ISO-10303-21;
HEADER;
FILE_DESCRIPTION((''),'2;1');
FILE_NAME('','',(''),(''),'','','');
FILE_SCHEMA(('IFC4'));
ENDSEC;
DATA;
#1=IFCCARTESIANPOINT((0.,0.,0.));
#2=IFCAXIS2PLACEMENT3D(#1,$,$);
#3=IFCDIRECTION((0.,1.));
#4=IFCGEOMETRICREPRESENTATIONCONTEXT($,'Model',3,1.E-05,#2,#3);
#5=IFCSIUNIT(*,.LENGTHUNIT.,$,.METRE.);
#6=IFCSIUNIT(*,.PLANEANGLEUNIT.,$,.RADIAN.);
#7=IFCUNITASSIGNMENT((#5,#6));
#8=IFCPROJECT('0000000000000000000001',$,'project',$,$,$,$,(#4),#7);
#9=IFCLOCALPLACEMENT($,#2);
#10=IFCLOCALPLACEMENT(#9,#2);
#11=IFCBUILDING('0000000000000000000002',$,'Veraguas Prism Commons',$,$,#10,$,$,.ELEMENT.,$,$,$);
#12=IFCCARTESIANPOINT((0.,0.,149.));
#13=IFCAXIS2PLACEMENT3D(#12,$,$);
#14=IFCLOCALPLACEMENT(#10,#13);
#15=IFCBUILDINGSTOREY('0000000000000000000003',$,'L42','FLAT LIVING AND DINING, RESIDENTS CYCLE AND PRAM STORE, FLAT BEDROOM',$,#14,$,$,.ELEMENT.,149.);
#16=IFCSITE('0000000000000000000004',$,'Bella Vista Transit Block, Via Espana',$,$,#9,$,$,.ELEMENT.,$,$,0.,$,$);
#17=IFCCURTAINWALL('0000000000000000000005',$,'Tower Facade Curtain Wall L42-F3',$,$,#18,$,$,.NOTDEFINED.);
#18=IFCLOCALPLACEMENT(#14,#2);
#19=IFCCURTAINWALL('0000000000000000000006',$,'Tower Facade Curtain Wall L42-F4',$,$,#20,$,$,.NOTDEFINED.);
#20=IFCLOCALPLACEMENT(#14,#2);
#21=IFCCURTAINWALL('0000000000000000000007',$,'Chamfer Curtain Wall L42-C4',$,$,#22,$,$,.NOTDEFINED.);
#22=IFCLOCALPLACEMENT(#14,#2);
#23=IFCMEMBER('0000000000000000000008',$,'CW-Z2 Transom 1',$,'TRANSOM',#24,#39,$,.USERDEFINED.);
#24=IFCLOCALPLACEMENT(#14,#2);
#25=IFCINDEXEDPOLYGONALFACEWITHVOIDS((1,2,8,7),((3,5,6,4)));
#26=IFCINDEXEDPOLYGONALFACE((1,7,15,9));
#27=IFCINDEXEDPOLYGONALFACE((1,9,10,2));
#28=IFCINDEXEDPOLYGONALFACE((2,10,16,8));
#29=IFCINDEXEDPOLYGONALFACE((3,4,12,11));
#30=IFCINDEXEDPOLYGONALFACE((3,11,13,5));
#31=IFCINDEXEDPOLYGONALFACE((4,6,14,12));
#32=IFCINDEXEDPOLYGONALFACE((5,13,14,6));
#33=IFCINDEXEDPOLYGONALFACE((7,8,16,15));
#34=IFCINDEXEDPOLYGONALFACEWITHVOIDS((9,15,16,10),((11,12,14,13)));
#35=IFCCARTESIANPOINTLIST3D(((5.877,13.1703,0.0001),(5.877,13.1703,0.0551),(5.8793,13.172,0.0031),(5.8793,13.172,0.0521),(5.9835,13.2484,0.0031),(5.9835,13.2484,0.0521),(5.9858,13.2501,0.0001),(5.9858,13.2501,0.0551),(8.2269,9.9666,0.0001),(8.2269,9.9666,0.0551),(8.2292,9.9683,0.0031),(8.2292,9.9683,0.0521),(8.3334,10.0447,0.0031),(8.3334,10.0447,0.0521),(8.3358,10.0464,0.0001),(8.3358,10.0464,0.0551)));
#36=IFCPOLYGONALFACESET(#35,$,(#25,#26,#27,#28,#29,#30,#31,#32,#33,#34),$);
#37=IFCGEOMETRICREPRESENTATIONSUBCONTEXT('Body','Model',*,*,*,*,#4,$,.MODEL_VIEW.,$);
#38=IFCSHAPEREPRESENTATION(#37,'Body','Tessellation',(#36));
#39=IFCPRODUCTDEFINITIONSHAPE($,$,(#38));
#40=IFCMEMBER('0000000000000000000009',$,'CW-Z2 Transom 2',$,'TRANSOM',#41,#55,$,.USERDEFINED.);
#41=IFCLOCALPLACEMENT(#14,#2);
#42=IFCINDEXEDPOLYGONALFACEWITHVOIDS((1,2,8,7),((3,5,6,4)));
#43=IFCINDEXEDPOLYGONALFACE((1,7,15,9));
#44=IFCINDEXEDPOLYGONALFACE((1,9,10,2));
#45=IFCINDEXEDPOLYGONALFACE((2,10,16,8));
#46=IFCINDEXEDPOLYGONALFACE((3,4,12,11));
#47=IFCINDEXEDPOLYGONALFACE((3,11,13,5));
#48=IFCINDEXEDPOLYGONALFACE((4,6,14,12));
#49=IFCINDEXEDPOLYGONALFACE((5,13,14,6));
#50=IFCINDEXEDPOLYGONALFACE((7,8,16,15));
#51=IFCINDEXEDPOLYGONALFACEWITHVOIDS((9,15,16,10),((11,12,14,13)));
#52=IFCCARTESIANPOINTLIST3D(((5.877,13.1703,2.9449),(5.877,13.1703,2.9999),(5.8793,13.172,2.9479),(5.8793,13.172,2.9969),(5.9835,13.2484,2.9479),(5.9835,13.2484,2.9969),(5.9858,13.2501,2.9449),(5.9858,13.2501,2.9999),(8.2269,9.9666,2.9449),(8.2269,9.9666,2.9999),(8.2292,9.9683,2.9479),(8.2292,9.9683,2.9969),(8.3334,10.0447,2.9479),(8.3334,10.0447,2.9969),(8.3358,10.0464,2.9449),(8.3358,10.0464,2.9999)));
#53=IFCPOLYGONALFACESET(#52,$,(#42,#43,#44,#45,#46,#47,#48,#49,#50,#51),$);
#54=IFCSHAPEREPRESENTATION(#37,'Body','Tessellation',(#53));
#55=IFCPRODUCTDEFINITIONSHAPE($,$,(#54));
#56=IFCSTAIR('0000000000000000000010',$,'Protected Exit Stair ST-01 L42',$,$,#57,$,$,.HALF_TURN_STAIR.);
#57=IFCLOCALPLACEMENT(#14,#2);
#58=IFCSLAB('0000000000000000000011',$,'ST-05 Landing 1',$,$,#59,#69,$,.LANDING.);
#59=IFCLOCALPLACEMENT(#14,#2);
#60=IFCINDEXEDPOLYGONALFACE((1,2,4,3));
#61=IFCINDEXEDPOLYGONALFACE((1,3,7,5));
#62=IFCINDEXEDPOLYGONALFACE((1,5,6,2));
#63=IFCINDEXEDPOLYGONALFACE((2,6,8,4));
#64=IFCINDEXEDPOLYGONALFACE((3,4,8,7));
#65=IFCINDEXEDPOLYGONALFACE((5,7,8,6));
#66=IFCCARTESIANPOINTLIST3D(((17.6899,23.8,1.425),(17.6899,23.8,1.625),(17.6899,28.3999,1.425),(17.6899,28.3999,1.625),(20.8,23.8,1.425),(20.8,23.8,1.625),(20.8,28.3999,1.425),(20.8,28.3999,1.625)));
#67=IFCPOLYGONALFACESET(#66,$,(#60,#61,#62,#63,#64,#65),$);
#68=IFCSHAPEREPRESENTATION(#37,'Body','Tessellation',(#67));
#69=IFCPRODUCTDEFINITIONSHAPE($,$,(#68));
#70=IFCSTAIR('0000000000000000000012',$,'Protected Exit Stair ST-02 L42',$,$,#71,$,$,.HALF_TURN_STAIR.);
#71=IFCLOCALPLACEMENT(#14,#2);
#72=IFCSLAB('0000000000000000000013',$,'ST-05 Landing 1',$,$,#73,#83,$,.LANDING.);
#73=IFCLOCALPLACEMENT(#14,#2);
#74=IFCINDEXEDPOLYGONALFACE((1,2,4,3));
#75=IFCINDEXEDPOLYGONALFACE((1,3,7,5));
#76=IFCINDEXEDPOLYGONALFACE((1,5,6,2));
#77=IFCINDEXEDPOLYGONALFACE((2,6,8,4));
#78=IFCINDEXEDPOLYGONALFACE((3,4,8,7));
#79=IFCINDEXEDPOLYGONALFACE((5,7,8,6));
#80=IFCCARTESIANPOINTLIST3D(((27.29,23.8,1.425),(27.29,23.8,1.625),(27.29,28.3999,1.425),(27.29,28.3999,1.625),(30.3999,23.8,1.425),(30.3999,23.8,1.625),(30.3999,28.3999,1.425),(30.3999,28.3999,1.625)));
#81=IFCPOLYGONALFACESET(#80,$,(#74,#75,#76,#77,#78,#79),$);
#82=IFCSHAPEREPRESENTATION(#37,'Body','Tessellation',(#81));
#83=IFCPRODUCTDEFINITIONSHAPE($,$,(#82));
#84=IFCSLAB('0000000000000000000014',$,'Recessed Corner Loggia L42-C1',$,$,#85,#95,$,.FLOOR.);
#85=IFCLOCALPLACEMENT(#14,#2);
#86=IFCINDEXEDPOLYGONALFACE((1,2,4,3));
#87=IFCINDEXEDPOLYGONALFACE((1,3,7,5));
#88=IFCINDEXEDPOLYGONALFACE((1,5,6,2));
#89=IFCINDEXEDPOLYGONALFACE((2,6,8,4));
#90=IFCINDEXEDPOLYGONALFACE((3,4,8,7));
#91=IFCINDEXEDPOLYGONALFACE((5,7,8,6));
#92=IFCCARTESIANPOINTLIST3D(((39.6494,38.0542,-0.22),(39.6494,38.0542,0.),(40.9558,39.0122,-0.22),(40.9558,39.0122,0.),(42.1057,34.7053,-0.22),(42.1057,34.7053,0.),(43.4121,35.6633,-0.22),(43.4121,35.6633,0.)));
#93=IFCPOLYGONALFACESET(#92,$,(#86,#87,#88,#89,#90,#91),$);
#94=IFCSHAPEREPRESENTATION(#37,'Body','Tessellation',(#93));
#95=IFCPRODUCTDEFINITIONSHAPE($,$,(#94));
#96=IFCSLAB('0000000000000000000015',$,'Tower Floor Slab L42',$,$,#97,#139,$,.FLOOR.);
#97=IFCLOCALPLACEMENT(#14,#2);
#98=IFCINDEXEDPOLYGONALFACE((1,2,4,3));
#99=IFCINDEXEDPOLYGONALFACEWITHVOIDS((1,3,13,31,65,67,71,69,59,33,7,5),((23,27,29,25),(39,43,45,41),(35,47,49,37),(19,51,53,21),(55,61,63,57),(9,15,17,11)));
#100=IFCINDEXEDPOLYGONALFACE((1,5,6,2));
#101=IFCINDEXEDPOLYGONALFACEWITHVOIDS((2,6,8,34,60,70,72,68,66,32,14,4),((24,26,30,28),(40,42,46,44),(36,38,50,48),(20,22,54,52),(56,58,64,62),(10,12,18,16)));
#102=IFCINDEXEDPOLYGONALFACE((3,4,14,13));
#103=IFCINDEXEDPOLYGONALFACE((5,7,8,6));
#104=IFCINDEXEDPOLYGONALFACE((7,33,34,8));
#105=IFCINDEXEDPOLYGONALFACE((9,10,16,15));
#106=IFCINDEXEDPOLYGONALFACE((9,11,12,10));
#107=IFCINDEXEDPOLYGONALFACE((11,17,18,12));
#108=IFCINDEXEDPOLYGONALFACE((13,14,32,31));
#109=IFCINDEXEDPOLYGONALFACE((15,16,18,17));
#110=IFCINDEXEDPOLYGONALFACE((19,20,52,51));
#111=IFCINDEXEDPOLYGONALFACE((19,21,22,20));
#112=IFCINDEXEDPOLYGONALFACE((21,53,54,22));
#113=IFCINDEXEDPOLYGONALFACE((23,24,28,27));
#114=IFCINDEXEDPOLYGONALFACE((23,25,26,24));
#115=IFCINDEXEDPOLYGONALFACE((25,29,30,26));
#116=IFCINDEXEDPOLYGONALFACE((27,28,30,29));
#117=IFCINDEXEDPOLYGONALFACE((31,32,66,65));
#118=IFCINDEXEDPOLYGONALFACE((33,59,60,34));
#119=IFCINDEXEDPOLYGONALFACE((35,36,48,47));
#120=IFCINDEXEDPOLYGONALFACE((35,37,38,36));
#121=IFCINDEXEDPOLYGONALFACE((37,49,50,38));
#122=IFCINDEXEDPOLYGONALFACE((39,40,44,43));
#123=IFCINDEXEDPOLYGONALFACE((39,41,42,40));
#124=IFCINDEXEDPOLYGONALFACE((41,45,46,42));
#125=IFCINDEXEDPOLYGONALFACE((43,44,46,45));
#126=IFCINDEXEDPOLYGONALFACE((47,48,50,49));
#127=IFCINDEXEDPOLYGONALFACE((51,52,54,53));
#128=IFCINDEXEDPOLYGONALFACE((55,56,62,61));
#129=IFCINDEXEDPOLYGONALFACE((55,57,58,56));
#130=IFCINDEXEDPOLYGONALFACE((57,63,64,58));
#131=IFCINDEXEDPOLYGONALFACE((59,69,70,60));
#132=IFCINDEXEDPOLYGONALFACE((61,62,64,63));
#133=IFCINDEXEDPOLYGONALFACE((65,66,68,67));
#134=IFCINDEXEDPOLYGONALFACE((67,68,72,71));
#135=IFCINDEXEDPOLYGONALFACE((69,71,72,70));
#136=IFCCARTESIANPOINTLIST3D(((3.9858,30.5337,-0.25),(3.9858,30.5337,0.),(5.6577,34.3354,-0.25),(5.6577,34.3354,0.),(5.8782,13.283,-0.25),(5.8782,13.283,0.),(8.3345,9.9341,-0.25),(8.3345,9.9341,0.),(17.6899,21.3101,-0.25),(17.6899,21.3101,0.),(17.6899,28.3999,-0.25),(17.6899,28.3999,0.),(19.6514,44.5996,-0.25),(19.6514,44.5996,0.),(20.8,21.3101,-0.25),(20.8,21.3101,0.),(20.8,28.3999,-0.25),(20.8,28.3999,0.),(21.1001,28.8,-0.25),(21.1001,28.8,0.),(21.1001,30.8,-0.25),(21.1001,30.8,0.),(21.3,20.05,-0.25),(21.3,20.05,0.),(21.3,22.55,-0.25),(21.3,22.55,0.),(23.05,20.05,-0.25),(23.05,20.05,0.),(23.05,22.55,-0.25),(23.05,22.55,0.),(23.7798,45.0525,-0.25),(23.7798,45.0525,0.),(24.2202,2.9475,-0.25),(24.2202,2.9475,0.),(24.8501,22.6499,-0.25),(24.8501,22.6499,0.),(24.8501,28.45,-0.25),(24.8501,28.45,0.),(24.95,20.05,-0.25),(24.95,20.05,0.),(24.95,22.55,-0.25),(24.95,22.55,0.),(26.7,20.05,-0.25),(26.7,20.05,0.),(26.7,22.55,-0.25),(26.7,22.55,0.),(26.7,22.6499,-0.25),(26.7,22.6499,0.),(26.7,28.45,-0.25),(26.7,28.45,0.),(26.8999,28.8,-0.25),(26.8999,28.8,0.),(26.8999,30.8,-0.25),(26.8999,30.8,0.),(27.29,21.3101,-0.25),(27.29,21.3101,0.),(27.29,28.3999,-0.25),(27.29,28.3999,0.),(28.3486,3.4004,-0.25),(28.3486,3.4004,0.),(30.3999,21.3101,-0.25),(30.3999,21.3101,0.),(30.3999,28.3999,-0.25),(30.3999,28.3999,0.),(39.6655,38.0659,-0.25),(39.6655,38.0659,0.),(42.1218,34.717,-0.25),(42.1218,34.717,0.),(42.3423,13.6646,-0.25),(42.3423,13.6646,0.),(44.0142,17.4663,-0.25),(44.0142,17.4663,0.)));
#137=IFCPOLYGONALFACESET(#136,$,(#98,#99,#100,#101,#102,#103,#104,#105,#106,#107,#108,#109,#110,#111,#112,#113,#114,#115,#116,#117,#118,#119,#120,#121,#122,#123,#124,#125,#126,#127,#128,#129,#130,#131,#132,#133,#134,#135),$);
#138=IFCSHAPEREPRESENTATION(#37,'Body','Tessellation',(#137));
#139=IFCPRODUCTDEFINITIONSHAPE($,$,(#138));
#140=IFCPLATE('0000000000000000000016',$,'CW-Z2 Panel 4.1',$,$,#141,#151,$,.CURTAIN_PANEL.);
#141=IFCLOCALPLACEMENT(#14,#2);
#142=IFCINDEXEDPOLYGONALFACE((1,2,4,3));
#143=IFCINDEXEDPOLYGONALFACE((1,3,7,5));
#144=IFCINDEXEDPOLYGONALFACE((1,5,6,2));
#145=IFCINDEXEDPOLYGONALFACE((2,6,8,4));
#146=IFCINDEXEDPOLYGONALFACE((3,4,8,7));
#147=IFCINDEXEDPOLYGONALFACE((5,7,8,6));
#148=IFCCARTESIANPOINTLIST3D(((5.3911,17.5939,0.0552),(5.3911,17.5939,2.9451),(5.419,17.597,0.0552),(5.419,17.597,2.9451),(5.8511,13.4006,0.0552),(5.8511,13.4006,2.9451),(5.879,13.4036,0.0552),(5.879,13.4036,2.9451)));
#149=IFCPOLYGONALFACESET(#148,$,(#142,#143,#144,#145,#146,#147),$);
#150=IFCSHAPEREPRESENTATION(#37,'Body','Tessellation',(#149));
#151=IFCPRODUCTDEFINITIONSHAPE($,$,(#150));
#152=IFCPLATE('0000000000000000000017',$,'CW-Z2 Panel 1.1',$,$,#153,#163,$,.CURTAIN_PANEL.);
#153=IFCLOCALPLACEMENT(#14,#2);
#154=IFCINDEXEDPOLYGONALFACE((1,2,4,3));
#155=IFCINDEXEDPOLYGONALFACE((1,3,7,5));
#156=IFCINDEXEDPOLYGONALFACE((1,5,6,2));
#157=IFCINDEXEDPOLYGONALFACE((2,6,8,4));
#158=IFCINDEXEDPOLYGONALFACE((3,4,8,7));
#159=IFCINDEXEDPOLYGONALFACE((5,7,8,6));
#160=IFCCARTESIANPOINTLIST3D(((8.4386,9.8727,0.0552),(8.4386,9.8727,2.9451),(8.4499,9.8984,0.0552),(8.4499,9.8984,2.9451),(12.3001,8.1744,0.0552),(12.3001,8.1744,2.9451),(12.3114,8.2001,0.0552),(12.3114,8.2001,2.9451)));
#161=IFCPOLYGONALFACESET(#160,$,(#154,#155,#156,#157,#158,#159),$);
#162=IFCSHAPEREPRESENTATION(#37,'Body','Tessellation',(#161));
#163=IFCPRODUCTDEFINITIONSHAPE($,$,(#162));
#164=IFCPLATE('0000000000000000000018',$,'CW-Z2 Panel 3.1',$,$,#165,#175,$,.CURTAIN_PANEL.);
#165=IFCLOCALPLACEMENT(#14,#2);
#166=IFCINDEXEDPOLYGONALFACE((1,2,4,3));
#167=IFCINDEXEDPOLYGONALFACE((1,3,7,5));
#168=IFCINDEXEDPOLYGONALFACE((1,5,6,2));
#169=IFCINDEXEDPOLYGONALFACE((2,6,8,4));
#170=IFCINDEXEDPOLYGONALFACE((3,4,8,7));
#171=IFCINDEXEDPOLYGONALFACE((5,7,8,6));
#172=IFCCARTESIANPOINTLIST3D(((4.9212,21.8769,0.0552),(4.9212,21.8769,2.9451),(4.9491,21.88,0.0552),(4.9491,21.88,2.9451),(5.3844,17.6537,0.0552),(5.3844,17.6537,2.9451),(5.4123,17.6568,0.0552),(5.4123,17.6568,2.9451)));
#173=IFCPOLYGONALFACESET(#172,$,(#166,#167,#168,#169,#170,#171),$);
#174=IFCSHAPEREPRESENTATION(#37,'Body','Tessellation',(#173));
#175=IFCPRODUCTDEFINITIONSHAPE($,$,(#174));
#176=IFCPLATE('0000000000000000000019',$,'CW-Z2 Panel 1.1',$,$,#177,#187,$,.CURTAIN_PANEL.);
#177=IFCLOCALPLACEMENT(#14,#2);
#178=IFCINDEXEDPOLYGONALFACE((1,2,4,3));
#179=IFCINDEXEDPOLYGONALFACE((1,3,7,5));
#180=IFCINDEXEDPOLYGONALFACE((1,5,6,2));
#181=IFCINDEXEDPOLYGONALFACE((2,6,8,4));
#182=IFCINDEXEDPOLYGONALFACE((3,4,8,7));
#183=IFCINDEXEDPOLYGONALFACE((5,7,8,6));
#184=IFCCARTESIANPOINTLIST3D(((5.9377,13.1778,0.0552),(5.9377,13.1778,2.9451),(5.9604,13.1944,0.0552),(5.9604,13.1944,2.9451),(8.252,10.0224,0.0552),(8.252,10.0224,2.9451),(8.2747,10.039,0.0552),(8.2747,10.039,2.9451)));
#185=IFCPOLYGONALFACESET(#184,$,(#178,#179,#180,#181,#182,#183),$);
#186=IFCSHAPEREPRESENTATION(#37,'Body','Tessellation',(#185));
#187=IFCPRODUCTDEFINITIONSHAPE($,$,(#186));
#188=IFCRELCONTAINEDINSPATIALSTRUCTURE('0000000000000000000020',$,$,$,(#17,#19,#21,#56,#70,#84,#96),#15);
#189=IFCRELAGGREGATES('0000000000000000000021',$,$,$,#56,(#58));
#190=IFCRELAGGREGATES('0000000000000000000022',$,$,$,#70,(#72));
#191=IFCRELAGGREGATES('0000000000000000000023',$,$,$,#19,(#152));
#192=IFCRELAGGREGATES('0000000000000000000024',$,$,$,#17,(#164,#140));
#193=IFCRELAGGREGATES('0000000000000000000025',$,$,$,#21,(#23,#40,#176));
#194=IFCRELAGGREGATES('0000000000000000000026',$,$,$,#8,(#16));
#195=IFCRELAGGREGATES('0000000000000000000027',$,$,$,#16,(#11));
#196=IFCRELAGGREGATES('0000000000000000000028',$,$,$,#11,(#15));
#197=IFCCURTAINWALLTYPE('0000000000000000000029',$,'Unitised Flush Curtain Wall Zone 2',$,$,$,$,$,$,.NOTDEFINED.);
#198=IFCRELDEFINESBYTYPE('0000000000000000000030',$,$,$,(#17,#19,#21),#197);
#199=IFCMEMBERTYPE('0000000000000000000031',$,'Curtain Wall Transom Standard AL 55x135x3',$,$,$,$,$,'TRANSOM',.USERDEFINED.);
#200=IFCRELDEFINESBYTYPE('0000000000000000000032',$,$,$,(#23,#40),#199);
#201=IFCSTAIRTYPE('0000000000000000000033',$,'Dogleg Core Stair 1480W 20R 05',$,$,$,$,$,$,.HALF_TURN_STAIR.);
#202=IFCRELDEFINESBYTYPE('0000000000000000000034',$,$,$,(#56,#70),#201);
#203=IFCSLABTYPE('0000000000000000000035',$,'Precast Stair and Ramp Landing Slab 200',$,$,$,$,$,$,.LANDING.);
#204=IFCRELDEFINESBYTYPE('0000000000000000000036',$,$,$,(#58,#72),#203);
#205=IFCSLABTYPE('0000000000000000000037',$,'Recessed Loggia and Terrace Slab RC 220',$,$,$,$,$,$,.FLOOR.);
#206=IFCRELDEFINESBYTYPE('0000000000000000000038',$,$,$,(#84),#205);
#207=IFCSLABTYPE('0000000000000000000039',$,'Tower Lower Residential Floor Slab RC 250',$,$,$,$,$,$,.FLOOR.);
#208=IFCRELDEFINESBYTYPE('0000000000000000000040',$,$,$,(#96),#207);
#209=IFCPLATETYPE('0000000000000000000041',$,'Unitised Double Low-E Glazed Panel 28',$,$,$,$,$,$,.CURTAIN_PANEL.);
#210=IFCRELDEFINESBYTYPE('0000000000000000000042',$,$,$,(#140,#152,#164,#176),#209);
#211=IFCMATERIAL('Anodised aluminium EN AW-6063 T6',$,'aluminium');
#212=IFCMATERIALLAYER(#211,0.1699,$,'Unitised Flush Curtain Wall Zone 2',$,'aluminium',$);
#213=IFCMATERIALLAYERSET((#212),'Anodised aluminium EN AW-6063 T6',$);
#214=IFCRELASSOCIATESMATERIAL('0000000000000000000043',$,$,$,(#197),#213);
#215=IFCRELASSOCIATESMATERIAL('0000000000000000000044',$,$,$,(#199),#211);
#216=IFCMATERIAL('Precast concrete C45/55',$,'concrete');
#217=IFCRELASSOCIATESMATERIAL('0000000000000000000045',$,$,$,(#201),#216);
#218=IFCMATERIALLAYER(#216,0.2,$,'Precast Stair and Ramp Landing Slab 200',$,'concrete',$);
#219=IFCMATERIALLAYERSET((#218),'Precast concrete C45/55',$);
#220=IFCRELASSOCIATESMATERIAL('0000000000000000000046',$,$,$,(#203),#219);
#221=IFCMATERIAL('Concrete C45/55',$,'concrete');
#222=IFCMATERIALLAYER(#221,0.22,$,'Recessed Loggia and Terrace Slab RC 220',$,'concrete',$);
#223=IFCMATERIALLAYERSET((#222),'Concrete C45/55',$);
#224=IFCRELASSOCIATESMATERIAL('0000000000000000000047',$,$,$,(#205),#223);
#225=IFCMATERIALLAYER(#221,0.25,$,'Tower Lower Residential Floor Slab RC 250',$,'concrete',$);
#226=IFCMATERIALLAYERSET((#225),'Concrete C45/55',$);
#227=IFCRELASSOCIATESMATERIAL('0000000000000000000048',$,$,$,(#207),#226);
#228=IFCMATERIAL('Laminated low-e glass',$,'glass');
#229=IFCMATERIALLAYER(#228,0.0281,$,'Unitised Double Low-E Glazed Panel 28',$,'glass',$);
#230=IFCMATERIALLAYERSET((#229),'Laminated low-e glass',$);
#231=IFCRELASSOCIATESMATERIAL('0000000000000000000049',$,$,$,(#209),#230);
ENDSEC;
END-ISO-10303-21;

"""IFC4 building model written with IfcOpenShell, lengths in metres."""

from ifc_helpers import new_model, si_unit, direction, frame, origin, origin_2d, place, context, subcontext, project, spatial, polyline, rectangle, hollow_rectangle, outline, extrude, source, transform, mapped, material, layer, layer_set, material_profile, profile_set, type_object, element, aggregate, save


model = new_model("IFC4")

# Units and contexts
model_context = context("Model", 3, precision=1e-05, world=origin(), true_north=direction((0.0, 1.0)))
body_context = subcontext(model_context, "Body", "Model", "MODEL_VIEW")
ifc_project = project(units=[si_unit("LENGTHUNIT", "METRE"), si_unit("PLANEANGLEUNIT", "RADIAN")], contexts=[model_context])

# Site, building, storey
site_placement = place(None, origin())
site = spatial("IfcSite", under=ifc_project, at=site_placement, Name="Bella Vista Transit Block, Via Espana", CompositionType="ELEMENT", RefElevation=0.0)
building_placement = place(site_placement, origin())
building = spatial("IfcBuilding", under=site, at=building_placement, Name="Veraguas Prism Commons", CompositionType="ELEMENT")
storey_placement = place(building_placement, frame((0.0, 0.0, 149.0)))
storey = spatial("IfcBuildingStorey", under=building, at=storey_placement, Name="L42", Description="FLAT LIVING AND DINING, RESIDENTS CYCLE AND PRAM STORE, FLAT BEDROOM", CompositionType="ELEMENT", Elevation=149.0)

# Curtain wall
ifc_material_1 = material(Name="Anodised aluminium EN AW-6063 T6", Category="aluminium")
ifc_layer_1 = layer(ifc_material_1, 0.1699, Name="Unitised Flush Curtain Wall Zone 2", Category="aluminium")
ifc_layer_set_1 = layer_set([ifc_layer_1], Name="Anodised aluminium EN AW-6063 T6")
curtain_wall_type = type_object("IfcCurtainWallType", Name="Unitised Flush Curtain Wall Zone 2", PredefinedType="NOTDEFINED", material=ifc_layer_set_1)
curtain_wall_1_placement = place(storey_placement, origin())
curtain_wall_1 = element("IfcCurtainWall", 1, at=curtain_wall_1_placement, inside=storey, type_object=curtain_wall_type, Name="Tower Facade Curtain Wall L42-F3", PredefinedType="NOTDEFINED")

# Curtain wall
curtain_wall_2_placement = place(storey_placement, origin())
curtain_wall_2 = element("IfcCurtainWall", 2, at=curtain_wall_2_placement, inside=storey, type_object=curtain_wall_type, Name="Tower Facade Curtain Wall L42-F4", PredefinedType="NOTDEFINED")

# Curtain wall
curtain_wall_3_placement = place(storey_placement, origin())
curtain_wall_3 = element("IfcCurtainWall", 3, at=curtain_wall_3_placement, inside=storey, type_object=curtain_wall_type, Name="Chamfer Curtain Wall L42-C4", PredefinedType="NOTDEFINED")

# Members
ifc_material_profile_1 = material_profile(ifc_material_1, hollow_rectangle(XDim=0.0549, YDim=0.135, WallThickness=0.0029, at=origin_2d()), Name="AL55X135X3")
ifc_profile_set_1 = profile_set([ifc_material_profile_1], Name="Anodised aluminium EN AW-6063 T6")
member_type_1 = type_object("IfcMemberType", Name="Curtain Wall Transom Standard AL 55x135x3", ElementType="TRANSOM", PredefinedType="USERDEFINED", material=ifc_profile_set_1)
shared_shape_1 = source(origin(), body_context, "Body", "SweptSolid", [
    extrude(hollow_rectangle(XDim=0.0549, YDim=0.135, WallThickness=0.0029, at=origin_2d()), origin(), (0.0, 0.0, 1.0), 3.9731),
])
member_1_placement = place(storey_placement, frame((5.9314, 13.2102, 0.0276), z_axis=(0.591452, -0.806341, 0.0), x_axis=(0.0, 0.0, 1.0)))
member_1 = element("IfcMember", 4, at=member_1_placement, type_object=member_type_1, Name="CW-Z2 Transom 1", ObjectType="TRANSOM", PredefinedType="USERDEFINED", context=body_context, shape_type="MappedRepresentation", body=[
    mapped(shared_shape_1, transform((0.0, 0.0, 0.0), scale=1.0)),
])
member_2_placement = place(storey_placement, frame((5.9314, 13.2102, 2.9724), z_axis=(0.591452, -0.806341, 0.0), x_axis=(0.0, 0.0, 1.0)))
member_2 = element("IfcMember", 5, at=member_2_placement, type_object=member_type_1, Name="CW-Z2 Transom 2", ObjectType="TRANSOM", PredefinedType="USERDEFINED", context=body_context, shape_type="MappedRepresentation", body=[
    mapped(shared_shape_1, transform((0.0, 0.0, 0.0), scale=1.0)),
])

# Stairs, slabs
ifc_material_2 = material(Name="Precast concrete C45/55", Category="concrete")
stair_type = type_object("IfcStairType", Name="Dogleg Core Stair 1480W 20R 05", PredefinedType="HALF_TURN_STAIR", material=ifc_material_2)
stair_1_placement = place(storey_placement, origin())
stair_1 = element("IfcStair", 6, at=stair_1_placement, inside=storey, type_object=stair_type, Name="Protected Exit Stair ST-01 L42", PredefinedType="HALF_TURN_STAIR")
ifc_layer_2 = layer(ifc_material_2, 0.2, Name="Precast Stair and Ramp Landing Slab 200", Category="concrete")
ifc_layer_set_2 = layer_set([ifc_layer_2], Name="Precast concrete C45/55")
slab_type_1 = type_object("IfcSlabType", Name="Precast Stair and Ramp Landing Slab 200", PredefinedType="LANDING", material=ifc_layer_set_2)
slab_1_placement = place(storey_placement, frame((0.0, 0.0, 1.425)))
slab_1 = element("IfcSlab", 7, at=slab_1_placement, type_object=slab_type_1, Name="ST-05 Landing 1", PredefinedType="LANDING", context=body_context, shape_type="SweptSolid", body=[
    extrude(outline(polyline([(20.8, 23.8), (20.8, 28.3999), (17.6899, 28.3999), (17.6899, 23.8), (20.8, 23.8)])), origin(), (0.0, 0.0, 1.0), 0.2),
])
aggregate(stair_1, [slab_1])
stair_2_placement = place(storey_placement, origin())
stair_2 = element("IfcStair", 8, at=stair_2_placement, inside=storey, type_object=stair_type, Name="Protected Exit Stair ST-02 L42", PredefinedType="HALF_TURN_STAIR")
slab_2_placement = place(storey_placement, frame((0.0, 0.0, 1.425)))
slab_2 = element("IfcSlab", 9, at=slab_2_placement, type_object=slab_type_1, Name="ST-05 Landing 1", PredefinedType="LANDING", context=body_context, shape_type="SweptSolid", body=[
    extrude(outline(polyline([(30.3999, 23.8), (30.3999, 28.3999), (27.29, 28.3999), (27.29, 23.8), (30.3999, 23.8)])), origin(), (0.0, 0.0, 1.0), 0.2),
])
aggregate(stair_2, [slab_2])

# Slabs
ifc_material_3 = material(Name="Concrete C45/55", Category="concrete")
ifc_layer_3 = layer(ifc_material_3, 0.22, Name="Recessed Loggia and Terrace Slab RC 220", Category="concrete")
ifc_layer_set_3 = layer_set([ifc_layer_3], Name="Concrete C45/55")
slab_type_2 = type_object("IfcSlabType", Name="Recessed Loggia and Terrace Slab RC 220", PredefinedType="FLOOR", material=ifc_layer_set_3)
slab_3_placement = place(storey_placement, frame((0.0, 0.0, -0.22)))
element("IfcSlab", 10, at=slab_3_placement, inside=storey, type_object=slab_type_2, Name="Recessed Corner Loggia L42-C1", PredefinedType="FLOOR", context=body_context, shape_type="SweptSolid", body=[
    extrude(outline(polyline([(42.1057, 34.7053), (43.4121, 35.6633), (40.9558, 39.0122), (39.6494, 38.0542), (42.1057, 34.7053)])), origin(), (0.0, 0.0, 1.0), 0.22),
])
ifc_layer_4 = layer(ifc_material_3, 0.25, Name="Tower Lower Residential Floor Slab RC 250", Category="concrete")
ifc_layer_set_4 = layer_set([ifc_layer_4], Name="Concrete C45/55")
slab_type_3 = type_object("IfcSlabType", Name="Tower Lower Residential Floor Slab RC 250", PredefinedType="FLOOR", material=ifc_layer_set_4)
slab_4_placement = place(storey_placement, frame((0.0, 0.0, -0.25)))
element("IfcSlab", 11, at=slab_4_placement, inside=storey, type_object=slab_type_3, Name="Tower Floor Slab L42", PredefinedType="FLOOR", context=body_context, shape_type="SweptSolid", body=[
    extrude(outline(polyline([(42.1218, 34.717), (39.6655, 38.0659), (23.7798, 45.0525), (19.6514, 44.5996), (5.6577, 34.3354), (3.9858, 30.5337), (5.8782, 13.283), (8.3345, 9.9341), (24.2202, 2.9475), (28.3486, 3.4004), (42.3423, 13.6646), (44.0142, 17.4663), (42.1218, 34.717)]), holes=[polyline([(20.8, 21.3101), (20.8, 28.3999), (17.6899, 28.3999), (17.6899, 21.3101), (20.8, 21.3101)]), polyline([(30.3999, 21.3101), (30.3999, 28.3999), (27.29, 28.3999), (27.29, 21.3101), (30.3999, 21.3101)]), polyline([(24.8501, 22.6499), (26.7, 22.6499), (26.7, 28.45), (24.8501, 28.45), (24.8501, 22.6499)]), polyline([(21.1001, 28.8), (26.8999, 28.8), (26.8999, 30.8), (21.1001, 30.8), (21.1001, 28.8)]), polyline([(21.3, 20.05), (23.05, 20.05), (23.05, 22.55), (21.3, 22.55), (21.3, 20.05)]), polyline([(24.95, 20.05), (26.7, 20.05), (26.7, 22.55), (24.95, 22.55), (24.95, 20.05)])]), origin(), (0.0, 0.0, 1.0), 0.25),
])

# Plates
ifc_material_4 = material(Name="Laminated low-e glass", Category="glass")
ifc_layer_5 = layer(ifc_material_4, 0.0281, Name="Unitised Double Low-E Glazed Panel 28", Category="glass")
ifc_layer_set_5 = layer_set([ifc_layer_5], Name="Laminated low-e glass")
plate_type = type_object("IfcPlateType", Name="Unitised Double Low-E Glazed Panel 28", PredefinedType="CURTAIN_PANEL", material=ifc_layer_set_5)
shared_shape_2 = source(origin(), body_context, "Body", "SweptSolid", [
    extrude(rectangle(XDim=4.2185, YDim=0.0281, at=origin_2d()), origin(), (0.0, 0.0, 1.0), 2.8899),
])
plate_1_placement = place(storey_placement, frame((5.635, 15.4988, 0.0552), z_axis=(0.0, 0.0, 1.0), x_axis=(0.109044, -0.994037, 0.0)))
plate_1 = element("IfcPlate", 12, at=plate_1_placement, type_object=plate_type, Name="CW-Z2 Panel 4.1", PredefinedType="CURTAIN_PANEL", context=body_context, shape_type="MappedRepresentation", body=[
    mapped(shared_shape_2, transform((0.0, 0.0, 0.0), scale=1.0)),
])
plate_2_placement = place(storey_placement, frame((10.375, 9.0364, 0.0552), z_axis=(0.0, 0.0, 1.0), x_axis=(0.915385, -0.402579, 0.0)))
plate_2 = element("IfcPlate", 13, at=plate_2_placement, type_object=plate_type, Name="CW-Z2 Panel 1.1", PredefinedType="CURTAIN_PANEL", context=body_context, shape_type="MappedRepresentation", body=[
    mapped(shared_shape_2, transform((0.0, 0.0, 0.0), scale=1.0)),
])
aggregate(curtain_wall_2, [plate_2])
shared_shape_3 = source(origin(), body_context, "Body", "SweptSolid", [
    extrude(rectangle(XDim=4.2485, YDim=0.0281, at=origin_2d()), origin(), (0.0, 0.0, 1.0), 2.8899),
])
plate_3_placement = place(storey_placement, frame((5.1667, 19.7668, 0.0552), z_axis=(0.0, 0.0, 1.0), x_axis=(0.109044, -0.994037, 0.0)))
plate_3 = element("IfcPlate", 14, at=plate_3_placement, type_object=plate_type, Name="CW-Z2 Panel 3.1", PredefinedType="CURTAIN_PANEL", context=body_context, shape_type="MappedRepresentation", body=[
    mapped(shared_shape_3, transform((0.0, 0.0, 0.0), scale=1.0)),
])
aggregate(curtain_wall_1, [plate_3, plate_1])
shared_shape_4 = source(origin(), body_context, "Body", "SweptSolid", [
    extrude(rectangle(XDim=3.9131, YDim=0.0281, at=origin_2d()), origin(), (0.0, 0.0, 1.0), 2.8899),
])
plate_4_placement = place(storey_placement, frame((7.1062, 11.6084, 0.0552), z_axis=(0.0, 0.0, 1.0), x_axis=(0.591432, -0.806355, 0.0)))
plate_4 = element("IfcPlate", 15, at=plate_4_placement, type_object=plate_type, Name="CW-Z2 Panel 1.1", PredefinedType="CURTAIN_PANEL", context=body_context, shape_type="MappedRepresentation", body=[
    mapped(shared_shape_4, transform((0.0, 0.0, 0.0), scale=1.0)),
])
aggregate(curtain_wall_3, [member_1, member_2, plate_4])

save(model, "model.ifc")
